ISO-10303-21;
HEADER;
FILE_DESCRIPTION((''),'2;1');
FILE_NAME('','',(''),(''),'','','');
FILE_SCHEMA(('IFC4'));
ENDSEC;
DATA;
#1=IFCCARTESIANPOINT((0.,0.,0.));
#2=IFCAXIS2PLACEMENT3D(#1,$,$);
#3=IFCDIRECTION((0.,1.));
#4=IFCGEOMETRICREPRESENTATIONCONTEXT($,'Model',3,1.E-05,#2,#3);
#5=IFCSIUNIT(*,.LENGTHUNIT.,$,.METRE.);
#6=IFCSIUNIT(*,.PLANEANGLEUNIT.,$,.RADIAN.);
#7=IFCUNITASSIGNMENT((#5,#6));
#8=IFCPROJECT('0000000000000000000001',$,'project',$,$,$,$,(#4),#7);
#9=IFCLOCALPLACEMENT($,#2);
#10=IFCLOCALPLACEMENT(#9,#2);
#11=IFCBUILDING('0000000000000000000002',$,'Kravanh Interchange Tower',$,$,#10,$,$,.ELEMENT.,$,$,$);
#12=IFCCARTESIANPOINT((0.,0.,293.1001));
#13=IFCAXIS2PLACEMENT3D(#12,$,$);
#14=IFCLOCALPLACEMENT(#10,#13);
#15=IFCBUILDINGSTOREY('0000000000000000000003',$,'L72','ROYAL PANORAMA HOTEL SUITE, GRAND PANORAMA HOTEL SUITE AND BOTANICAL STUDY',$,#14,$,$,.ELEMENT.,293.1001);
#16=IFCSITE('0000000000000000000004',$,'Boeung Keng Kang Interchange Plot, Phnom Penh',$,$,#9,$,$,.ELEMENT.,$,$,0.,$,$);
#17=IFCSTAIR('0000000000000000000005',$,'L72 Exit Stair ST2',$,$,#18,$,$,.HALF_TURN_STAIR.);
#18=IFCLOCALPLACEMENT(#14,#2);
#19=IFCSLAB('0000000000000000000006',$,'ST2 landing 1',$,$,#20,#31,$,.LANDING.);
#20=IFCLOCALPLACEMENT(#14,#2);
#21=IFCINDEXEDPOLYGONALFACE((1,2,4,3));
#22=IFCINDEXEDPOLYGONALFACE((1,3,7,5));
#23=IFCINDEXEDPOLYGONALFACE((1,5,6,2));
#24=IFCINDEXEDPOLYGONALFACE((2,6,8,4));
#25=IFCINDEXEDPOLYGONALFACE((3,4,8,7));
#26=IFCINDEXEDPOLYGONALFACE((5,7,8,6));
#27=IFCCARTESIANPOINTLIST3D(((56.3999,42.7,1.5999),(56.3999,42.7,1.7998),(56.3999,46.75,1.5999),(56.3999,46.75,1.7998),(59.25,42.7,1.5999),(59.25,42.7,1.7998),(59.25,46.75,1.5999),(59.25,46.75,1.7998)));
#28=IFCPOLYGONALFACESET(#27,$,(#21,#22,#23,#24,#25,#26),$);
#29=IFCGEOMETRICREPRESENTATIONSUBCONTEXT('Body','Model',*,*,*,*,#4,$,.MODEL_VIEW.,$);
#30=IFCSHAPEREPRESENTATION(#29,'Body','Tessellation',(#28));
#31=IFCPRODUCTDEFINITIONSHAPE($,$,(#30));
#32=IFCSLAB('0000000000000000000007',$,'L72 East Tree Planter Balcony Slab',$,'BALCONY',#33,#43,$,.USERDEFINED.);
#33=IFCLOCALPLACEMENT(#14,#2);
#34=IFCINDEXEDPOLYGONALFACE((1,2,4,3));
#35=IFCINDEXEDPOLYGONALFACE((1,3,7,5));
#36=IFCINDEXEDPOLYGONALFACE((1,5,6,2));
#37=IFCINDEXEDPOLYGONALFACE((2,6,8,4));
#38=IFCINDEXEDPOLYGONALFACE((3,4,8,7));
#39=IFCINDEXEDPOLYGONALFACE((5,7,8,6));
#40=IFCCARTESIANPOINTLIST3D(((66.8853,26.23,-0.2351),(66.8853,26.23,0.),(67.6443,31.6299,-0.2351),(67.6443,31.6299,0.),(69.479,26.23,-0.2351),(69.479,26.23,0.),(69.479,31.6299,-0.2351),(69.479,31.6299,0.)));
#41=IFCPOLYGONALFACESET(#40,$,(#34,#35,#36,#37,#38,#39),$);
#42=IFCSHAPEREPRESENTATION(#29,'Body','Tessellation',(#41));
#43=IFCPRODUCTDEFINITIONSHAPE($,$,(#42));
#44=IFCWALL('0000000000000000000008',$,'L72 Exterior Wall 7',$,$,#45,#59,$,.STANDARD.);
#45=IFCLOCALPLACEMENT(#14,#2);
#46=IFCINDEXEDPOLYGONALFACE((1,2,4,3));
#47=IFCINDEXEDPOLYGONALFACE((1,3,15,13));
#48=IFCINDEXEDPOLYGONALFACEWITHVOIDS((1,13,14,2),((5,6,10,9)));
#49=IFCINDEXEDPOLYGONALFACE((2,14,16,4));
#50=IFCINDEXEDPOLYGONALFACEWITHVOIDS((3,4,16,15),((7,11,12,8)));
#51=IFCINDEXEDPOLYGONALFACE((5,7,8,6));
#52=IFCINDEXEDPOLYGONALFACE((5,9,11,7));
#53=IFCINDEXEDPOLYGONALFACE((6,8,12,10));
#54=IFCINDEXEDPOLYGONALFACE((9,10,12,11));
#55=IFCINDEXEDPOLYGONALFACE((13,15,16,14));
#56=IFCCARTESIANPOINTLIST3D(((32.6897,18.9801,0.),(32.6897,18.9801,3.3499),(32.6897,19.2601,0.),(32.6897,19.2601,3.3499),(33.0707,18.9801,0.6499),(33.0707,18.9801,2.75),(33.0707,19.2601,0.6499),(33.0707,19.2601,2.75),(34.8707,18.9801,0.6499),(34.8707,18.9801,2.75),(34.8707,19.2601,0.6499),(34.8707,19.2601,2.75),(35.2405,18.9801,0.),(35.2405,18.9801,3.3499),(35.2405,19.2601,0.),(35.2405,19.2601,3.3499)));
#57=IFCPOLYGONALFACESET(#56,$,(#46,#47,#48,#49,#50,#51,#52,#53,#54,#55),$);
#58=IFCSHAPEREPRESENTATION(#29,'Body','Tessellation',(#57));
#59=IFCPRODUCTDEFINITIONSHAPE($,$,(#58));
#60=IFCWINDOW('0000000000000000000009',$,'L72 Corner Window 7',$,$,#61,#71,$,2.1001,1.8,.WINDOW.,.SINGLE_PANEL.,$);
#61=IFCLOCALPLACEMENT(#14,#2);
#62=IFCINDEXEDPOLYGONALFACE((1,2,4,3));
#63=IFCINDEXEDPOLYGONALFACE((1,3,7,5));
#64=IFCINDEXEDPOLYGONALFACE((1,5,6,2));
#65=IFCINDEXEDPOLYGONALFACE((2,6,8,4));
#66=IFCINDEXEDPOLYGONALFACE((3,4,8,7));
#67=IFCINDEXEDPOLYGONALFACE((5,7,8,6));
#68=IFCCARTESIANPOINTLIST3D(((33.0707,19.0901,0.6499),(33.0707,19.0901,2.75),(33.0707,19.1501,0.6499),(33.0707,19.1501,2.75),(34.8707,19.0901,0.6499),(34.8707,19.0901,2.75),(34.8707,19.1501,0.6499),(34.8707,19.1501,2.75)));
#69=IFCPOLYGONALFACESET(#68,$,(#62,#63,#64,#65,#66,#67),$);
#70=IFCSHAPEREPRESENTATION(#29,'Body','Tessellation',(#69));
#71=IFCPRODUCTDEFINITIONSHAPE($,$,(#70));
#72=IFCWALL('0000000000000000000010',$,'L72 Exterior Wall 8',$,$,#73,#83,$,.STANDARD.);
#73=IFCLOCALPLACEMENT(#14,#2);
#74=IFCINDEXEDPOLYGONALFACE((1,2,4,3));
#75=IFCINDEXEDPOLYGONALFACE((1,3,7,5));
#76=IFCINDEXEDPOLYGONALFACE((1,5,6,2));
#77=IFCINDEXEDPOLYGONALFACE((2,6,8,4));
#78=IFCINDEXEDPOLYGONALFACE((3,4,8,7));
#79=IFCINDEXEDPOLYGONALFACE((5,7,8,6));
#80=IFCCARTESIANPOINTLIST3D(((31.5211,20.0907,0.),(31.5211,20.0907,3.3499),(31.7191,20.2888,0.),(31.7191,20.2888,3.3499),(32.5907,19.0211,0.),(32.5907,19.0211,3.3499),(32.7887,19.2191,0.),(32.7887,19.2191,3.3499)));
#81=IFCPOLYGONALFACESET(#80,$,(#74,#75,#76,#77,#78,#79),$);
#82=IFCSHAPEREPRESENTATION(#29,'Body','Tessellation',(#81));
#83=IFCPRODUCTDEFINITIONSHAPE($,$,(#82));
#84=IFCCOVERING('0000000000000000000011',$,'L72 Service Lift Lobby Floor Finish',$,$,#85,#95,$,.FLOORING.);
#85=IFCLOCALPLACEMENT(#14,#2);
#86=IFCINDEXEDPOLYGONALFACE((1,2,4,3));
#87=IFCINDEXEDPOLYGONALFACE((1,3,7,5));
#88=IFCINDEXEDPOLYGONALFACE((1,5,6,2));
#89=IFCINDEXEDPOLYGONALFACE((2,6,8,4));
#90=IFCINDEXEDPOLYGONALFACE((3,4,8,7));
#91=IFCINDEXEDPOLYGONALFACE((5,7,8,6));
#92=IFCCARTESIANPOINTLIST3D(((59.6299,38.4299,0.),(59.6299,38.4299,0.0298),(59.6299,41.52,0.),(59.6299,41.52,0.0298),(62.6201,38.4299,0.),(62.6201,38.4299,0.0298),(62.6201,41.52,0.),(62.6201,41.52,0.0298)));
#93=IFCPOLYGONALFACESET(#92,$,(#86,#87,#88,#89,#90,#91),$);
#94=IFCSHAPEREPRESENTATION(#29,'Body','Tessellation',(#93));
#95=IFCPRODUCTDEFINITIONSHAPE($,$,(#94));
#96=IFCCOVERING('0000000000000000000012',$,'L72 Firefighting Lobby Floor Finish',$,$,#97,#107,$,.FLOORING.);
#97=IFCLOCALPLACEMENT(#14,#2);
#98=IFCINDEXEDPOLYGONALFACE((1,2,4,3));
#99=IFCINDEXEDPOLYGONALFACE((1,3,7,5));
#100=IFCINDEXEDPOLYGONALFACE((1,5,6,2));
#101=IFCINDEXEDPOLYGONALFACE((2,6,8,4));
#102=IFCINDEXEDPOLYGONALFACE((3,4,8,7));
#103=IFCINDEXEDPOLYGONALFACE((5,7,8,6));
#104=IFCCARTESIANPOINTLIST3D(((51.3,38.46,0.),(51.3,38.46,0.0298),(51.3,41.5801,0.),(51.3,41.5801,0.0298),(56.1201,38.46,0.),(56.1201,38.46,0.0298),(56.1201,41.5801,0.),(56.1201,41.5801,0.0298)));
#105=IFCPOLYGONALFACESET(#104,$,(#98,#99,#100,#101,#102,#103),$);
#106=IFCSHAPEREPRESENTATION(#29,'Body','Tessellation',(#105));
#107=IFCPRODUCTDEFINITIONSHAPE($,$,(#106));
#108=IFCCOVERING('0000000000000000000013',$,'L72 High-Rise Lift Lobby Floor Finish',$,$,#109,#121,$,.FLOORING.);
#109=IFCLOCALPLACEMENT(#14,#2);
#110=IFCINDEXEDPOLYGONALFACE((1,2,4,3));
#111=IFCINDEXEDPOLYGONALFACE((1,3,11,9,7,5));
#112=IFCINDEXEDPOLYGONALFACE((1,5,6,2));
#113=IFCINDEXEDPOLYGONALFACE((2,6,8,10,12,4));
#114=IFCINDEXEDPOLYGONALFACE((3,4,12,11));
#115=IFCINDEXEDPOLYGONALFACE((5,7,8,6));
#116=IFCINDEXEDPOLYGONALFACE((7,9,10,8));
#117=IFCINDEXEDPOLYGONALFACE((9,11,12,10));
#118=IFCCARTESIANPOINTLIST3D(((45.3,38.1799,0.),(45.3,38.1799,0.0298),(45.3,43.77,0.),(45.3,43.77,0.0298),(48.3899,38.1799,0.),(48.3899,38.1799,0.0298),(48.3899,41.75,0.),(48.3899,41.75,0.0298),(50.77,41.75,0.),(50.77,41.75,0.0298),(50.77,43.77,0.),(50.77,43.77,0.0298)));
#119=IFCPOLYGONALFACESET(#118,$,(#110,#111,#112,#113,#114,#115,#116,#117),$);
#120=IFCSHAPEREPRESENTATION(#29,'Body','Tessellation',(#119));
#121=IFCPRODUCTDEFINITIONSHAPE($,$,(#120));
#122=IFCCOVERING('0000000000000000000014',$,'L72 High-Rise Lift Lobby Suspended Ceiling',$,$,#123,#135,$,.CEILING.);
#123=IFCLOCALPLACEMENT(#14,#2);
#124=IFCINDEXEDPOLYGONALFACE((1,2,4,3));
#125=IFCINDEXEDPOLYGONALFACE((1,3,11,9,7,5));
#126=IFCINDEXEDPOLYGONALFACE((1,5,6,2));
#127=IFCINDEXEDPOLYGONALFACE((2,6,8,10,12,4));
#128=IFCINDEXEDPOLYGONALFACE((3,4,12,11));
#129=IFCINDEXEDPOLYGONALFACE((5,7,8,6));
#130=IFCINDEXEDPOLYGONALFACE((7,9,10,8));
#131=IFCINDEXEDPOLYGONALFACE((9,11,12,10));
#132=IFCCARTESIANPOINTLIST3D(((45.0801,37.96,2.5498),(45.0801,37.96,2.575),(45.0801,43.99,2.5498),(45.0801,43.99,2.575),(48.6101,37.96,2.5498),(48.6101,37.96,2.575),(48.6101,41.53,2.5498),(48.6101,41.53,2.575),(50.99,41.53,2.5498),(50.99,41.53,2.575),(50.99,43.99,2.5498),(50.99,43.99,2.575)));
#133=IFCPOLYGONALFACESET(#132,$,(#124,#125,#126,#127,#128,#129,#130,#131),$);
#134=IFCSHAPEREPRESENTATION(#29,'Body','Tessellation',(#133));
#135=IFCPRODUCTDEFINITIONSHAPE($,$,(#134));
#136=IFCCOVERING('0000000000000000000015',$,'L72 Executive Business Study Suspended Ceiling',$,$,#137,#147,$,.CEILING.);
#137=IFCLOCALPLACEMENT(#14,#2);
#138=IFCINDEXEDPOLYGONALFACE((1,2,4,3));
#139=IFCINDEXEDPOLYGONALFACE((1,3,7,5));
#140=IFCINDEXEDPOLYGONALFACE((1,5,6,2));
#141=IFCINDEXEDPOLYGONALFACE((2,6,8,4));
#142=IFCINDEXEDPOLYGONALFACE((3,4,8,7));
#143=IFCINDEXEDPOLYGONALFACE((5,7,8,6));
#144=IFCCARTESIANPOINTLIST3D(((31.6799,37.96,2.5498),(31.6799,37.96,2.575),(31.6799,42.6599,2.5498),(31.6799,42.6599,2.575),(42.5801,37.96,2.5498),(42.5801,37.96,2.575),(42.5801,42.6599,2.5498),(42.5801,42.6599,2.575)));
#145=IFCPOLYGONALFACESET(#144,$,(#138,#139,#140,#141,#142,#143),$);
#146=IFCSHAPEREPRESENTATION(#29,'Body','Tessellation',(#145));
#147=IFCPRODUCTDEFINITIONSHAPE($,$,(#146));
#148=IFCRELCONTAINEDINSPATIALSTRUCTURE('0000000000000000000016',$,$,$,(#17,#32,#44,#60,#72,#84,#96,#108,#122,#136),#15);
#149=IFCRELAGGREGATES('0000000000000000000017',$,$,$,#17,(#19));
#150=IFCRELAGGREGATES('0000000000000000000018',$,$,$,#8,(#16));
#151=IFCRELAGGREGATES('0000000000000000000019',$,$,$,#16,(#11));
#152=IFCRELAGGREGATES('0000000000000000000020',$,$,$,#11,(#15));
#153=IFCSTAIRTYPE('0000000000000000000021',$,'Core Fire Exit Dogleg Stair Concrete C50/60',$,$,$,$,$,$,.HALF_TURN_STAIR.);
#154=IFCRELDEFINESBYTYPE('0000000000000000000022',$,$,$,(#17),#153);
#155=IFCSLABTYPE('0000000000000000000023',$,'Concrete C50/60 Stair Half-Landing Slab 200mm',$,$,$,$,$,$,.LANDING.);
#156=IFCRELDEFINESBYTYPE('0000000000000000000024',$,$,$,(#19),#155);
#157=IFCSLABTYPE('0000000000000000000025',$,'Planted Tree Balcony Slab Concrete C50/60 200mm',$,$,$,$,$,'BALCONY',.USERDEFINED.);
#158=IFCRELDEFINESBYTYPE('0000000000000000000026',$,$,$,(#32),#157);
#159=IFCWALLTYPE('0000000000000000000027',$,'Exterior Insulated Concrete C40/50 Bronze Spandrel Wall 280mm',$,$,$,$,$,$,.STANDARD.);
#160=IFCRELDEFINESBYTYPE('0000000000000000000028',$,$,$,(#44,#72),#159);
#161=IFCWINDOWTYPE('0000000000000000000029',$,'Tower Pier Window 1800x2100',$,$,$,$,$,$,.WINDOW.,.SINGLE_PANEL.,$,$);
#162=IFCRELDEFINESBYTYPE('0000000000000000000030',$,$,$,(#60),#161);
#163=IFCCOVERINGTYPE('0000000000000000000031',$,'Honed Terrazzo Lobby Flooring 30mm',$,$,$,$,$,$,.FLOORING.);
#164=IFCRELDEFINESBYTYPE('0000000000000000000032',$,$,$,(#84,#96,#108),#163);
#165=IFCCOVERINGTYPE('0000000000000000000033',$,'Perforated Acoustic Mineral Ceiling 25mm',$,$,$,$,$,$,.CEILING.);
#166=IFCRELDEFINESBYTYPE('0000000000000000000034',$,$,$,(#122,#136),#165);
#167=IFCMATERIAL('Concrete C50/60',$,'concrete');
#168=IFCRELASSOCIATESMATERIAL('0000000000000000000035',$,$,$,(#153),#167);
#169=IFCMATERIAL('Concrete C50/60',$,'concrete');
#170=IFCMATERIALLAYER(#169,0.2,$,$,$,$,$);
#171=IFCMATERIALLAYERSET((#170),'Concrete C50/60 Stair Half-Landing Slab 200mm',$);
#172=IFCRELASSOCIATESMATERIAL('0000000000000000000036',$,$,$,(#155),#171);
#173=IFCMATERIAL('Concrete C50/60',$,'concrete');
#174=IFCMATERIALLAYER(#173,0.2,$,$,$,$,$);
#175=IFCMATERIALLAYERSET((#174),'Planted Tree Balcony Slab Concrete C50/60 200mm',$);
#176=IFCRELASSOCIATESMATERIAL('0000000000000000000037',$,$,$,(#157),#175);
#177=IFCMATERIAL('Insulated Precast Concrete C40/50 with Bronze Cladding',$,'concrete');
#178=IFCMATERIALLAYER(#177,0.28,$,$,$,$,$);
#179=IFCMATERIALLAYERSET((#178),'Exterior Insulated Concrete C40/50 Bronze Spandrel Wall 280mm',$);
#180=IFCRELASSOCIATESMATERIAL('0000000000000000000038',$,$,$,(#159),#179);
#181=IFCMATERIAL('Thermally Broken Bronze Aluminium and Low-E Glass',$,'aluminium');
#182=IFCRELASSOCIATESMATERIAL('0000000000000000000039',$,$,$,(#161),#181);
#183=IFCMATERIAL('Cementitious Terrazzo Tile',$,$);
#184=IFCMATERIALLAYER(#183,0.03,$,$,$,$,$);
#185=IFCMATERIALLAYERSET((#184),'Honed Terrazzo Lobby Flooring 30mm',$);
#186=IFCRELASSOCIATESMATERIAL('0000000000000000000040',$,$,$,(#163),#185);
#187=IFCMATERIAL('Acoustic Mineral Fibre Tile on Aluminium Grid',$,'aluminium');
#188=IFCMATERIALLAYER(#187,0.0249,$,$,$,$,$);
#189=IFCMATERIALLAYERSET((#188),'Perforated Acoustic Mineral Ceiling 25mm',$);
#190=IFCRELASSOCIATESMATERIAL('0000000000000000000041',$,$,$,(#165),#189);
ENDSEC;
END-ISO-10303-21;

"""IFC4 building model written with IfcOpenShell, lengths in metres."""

from ifc_helpers import new_model, si_unit, direction, frame, frame_2d, origin, place, context, subcontext, project, spatial, polyline, rectangle, outline, extrude, material, layer, layer_set, type_object, element, fill, aggregate, save


model = new_model("IFC4")

# Units and contexts
model_context = context("Model", 3, precision=1e-05, world=origin(), true_north=direction((0.0, 1.0)))
body_context = subcontext(model_context, "Body", "Model", "MODEL_VIEW")
ifc_project = project(units=[si_unit("LENGTHUNIT", "METRE"), si_unit("PLANEANGLEUNIT", "RADIAN")], contexts=[model_context])

# Site, building, storey
site_placement = place(None, origin())
site = spatial("IfcSite", under=ifc_project, at=site_placement, Name="Boeung Keng Kang Interchange Plot, Phnom Penh", CompositionType="ELEMENT", RefElevation=0.0)
building_placement = place(site_placement, origin())
building = spatial("IfcBuilding", under=site, at=building_placement, Name="Kravanh Interchange Tower", CompositionType="ELEMENT")
storey_placement = place(building_placement, frame((0.0, 0.0, 293.1001)))
storey = spatial("IfcBuildingStorey", under=building, at=storey_placement, Name="L72", Description="ROYAL PANORAMA HOTEL SUITE, GRAND PANORAMA HOTEL SUITE AND BOTANICAL STUDY", CompositionType="ELEMENT", Elevation=293.1001)

# Stair, slab
ifc_material_1 = material(Name="Concrete C50/60", Category="concrete")
stair_type = type_object("IfcStairType", Name="Core Fire Exit Dogleg Stair Concrete C50/60", PredefinedType="HALF_TURN_STAIR", material=ifc_material_1)
ifc_material_2 = material(Name="Concrete C50/60", Category="concrete")
ifc_layer_1 = layer(ifc_material_2, 0.2)
ifc_layer_set_1 = layer_set([ifc_layer_1], Name="Concrete C50/60 Stair Half-Landing Slab 200mm")
slab_type_1 = type_object("IfcSlabType", Name="Concrete C50/60 Stair Half-Landing Slab 200mm", PredefinedType="LANDING", material=ifc_layer_set_1)
stair_1_placement = place(storey_placement, origin())
stair_1 = element("IfcStair", 1, at=stair_1_placement, inside=storey, type_object=stair_type, Name="L72 Exit Stair ST2", PredefinedType="HALF_TURN_STAIR")
slab_1_placement = place(storey_placement, frame((0.0, 0.0, 1.5999)))
slab_1 = element("IfcSlab", 2, at=slab_1_placement, type_object=slab_type_1, Name="ST2 landing 1", PredefinedType="LANDING", context=body_context, shape_type="SweptSolid", body=[
    extrude(outline(polyline([(59.25, 42.7), (59.25, 46.75), (56.3999, 46.75), (56.3999, 42.7), (59.25, 42.7)])), origin(), (0.0, 0.0, 1.0), 0.2),
])
aggregate(stair_1, [slab_1])

# Slab
ifc_material_3 = material(Name="Concrete C50/60", Category="concrete")
ifc_layer_2 = layer(ifc_material_3, 0.2)
ifc_layer_set_2 = layer_set([ifc_layer_2], Name="Planted Tree Balcony Slab Concrete C50/60 200mm")
slab_type_2 = type_object("IfcSlabType", Name="Planted Tree Balcony Slab Concrete C50/60 200mm", ElementType="BALCONY", PredefinedType="USERDEFINED", material=ifc_layer_set_2)
slab_2_placement = place(storey_placement, frame((0.0, 0.0, -0.2351)))
element("IfcSlab", 3, at=slab_2_placement, inside=storey, type_object=slab_type_2, Name="L72 East Tree Planter Balcony Slab", ObjectType="BALCONY", PredefinedType="USERDEFINED", context=body_context, shape_type="SweptSolid", body=[
    extrude(outline(polyline([(69.479, 31.6299), (69.479, 26.23), (66.8853, 26.23), (67.6443, 31.6299), (69.479, 31.6299)])), origin(), (0.0, 0.0, 1.0), 0.2351),
])

# Wall, opening, window
ifc_material_4 = material(Name="Insulated Precast Concrete C40/50 with Bronze Cladding", Category="concrete")
ifc_layer_3 = layer(ifc_material_4, 0.28)
ifc_layer_set_3 = layer_set([ifc_layer_3], Name="Exterior Insulated Concrete C40/50 Bronze Spandrel Wall 280mm")
wall_type = type_object("IfcWallType", Name="Exterior Insulated Concrete C40/50 Bronze Spandrel Wall 280mm", PredefinedType="STANDARD", material=ifc_layer_set_3)
wall_1_placement = place(storey_placement, frame((35.2405, 19.1201, 0.0), z_axis=(0.0, 0.0, 1.0), x_axis=(-1.0, 0.0, 0.0)))
wall_1 = element("IfcWall", 4, at=wall_1_placement, inside=storey, type_object=wall_type, Name="L72 Exterior Wall 7", PredefinedType="STANDARD", context=body_context, shape_type="SweptSolid", body=[
    extrude(rectangle(XDim=2.5508, YDim=0.28, at=frame_2d((1.2754, 0.0))), origin(), (0.0, 0.0, 1.0), 3.3499),
])
opening_placement = place(wall_1_placement, frame((0.3699, 0.0, 0.6499)))
opening = element("IfcOpeningElement", 5, at=opening_placement, cuts=wall_1, PredefinedType="OPENING", context=body_context, shape_type="SweptSolid", body=[
    extrude(rectangle(XDim=1.8, YDim=2.1001, at=frame_2d((0.8999, 1.05))), frame((0.0, 0.1499, 0.0), z_axis=(0.0, -1.0, 0.0), x_axis=(1.0, 0.0, 0.0)), (0.0, 0.0, 1.0), 0.3),
])
ifc_material_5 = material(Name="Thermally Broken Bronze Aluminium and Low-E Glass", Category="aluminium")
window_type = type_object("IfcWindowType", Name="Tower Pier Window 1800x2100", PartitioningType="SINGLE_PANEL", PredefinedType="WINDOW", material=ifc_material_5)
window_placement = place(opening_placement, origin())
window = element("IfcWindow", 6, at=window_placement, inside=storey, type_object=window_type, Name="L72 Corner Window 7", OverallHeight=2.1001, OverallWidth=1.8, PartitioningType="SINGLE_PANEL", PredefinedType="WINDOW", context=body_context, shape_type="SweptSolid", body=[
    extrude(rectangle(XDim=1.8, YDim=2.1001, at=frame_2d((0.8999, 1.05))), frame((0.0, 0.03, 0.0), z_axis=(0.0, -1.0, 0.0), x_axis=(1.0, 0.0, 0.0)), (0.0, 0.0, 1.0), 0.0601),
])
fill(opening, window)

# Wall
wall_2_placement = place(storey_placement, frame((32.6897, 19.1201, 0.0), z_axis=(0.0, 0.0, 1.0), x_axis=(-0.707107, 0.707107, 0.0)))
element("IfcWall", 7, at=wall_2_placement, inside=storey, type_object=wall_type, Name="L72 Exterior Wall 8", PredefinedType="STANDARD", context=body_context, shape_type="SweptSolid", body=[
    extrude(rectangle(XDim=1.5127, YDim=0.28, at=frame_2d((0.7563, 0.0))), origin(), (0.0, 0.0, 1.0), 3.3499),
])

# Coverings
ifc_material_6 = material(Name="Cementitious Terrazzo Tile")
ifc_layer_4 = layer(ifc_material_6, 0.03)
ifc_layer_set_4 = layer_set([ifc_layer_4], Name="Honed Terrazzo Lobby Flooring 30mm")
covering_type_1 = type_object("IfcCoveringType", Name="Honed Terrazzo Lobby Flooring 30mm", PredefinedType="FLOORING", material=ifc_layer_set_4)
covering_1_placement = place(storey_placement, origin())
element("IfcCovering", 8, at=covering_1_placement, inside=storey, type_object=covering_type_1, Name="L72 Service Lift Lobby Floor Finish", PredefinedType="FLOORING", context=body_context, shape_type="SweptSolid", body=[
    extrude(outline(polyline([(59.6299, 41.52), (62.6201, 41.52), (62.6201, 38.4299), (59.6299, 38.4299), (59.6299, 41.52)])), origin(), (0.0, 0.0, 1.0), 0.0298),
])
covering_2_placement = place(storey_placement, origin())
element("IfcCovering", 9, at=covering_2_placement, inside=storey, type_object=covering_type_1, Name="L72 Firefighting Lobby Floor Finish", PredefinedType="FLOORING", context=body_context, shape_type="SweptSolid", body=[
    extrude(outline(polyline([(56.1201, 38.46), (51.3, 38.46), (51.3, 41.5801), (56.1201, 41.5801), (56.1201, 38.46)])), origin(), (0.0, 0.0, 1.0), 0.0298),
])
covering_3_placement = place(storey_placement, origin())
element("IfcCovering", 10, at=covering_3_placement, inside=storey, type_object=covering_type_1, Name="L72 High-Rise Lift Lobby Floor Finish", PredefinedType="FLOORING", context=body_context, shape_type="SweptSolid", body=[
    extrude(outline(polyline([(45.3, 43.77), (50.77, 43.77), (50.77, 41.75), (48.3899, 41.75), (48.3899, 38.1799), (45.3, 38.1799), (45.3, 43.77)])), origin(), (0.0, 0.0, 1.0), 0.0298),
])
ifc_material_7 = material(Name="Acoustic Mineral Fibre Tile on Aluminium Grid", Category="aluminium")
ifc_layer_5 = layer(ifc_material_7, 0.0249)
ifc_layer_set_5 = layer_set([ifc_layer_5], Name="Perforated Acoustic Mineral Ceiling 25mm")
covering_type_2 = type_object("IfcCoveringType", Name="Perforated Acoustic Mineral Ceiling 25mm", PredefinedType="CEILING", material=ifc_layer_set_5)
covering_4_placement = place(storey_placement, frame((0.0, 0.0, 2.5498)))
element("IfcCovering", 11, at=covering_4_placement, inside=storey, type_object=covering_type_2, Name="L72 High-Rise Lift Lobby Suspended Ceiling", PredefinedType="CEILING", context=body_context, shape_type="SweptSolid", body=[
    extrude(outline(polyline([(50.99, 41.53), (48.6101, 41.53), (48.6101, 37.96), (45.0801, 37.96), (45.0801, 43.99), (50.99, 43.99), (50.99, 41.53)])), origin(), (0.0, 0.0, 1.0), 0.0251),
])
covering_5_placement = place(storey_placement, frame((0.0, 0.0, 2.5498)))
element("IfcCovering", 12, at=covering_5_placement, inside=storey, type_object=covering_type_2, Name="L72 Executive Business Study Suspended Ceiling", PredefinedType="CEILING", context=body_context, shape_type="SweptSolid", body=[
    extrude(outline(polyline([(42.5801, 37.96), (31.6799, 37.96), (31.6799, 42.6599), (42.5801, 42.6599), (42.5801, 37.96)])), origin(), (0.0, 0.0, 1.0), 0.0251),
])

save(model, "model.ifc")
